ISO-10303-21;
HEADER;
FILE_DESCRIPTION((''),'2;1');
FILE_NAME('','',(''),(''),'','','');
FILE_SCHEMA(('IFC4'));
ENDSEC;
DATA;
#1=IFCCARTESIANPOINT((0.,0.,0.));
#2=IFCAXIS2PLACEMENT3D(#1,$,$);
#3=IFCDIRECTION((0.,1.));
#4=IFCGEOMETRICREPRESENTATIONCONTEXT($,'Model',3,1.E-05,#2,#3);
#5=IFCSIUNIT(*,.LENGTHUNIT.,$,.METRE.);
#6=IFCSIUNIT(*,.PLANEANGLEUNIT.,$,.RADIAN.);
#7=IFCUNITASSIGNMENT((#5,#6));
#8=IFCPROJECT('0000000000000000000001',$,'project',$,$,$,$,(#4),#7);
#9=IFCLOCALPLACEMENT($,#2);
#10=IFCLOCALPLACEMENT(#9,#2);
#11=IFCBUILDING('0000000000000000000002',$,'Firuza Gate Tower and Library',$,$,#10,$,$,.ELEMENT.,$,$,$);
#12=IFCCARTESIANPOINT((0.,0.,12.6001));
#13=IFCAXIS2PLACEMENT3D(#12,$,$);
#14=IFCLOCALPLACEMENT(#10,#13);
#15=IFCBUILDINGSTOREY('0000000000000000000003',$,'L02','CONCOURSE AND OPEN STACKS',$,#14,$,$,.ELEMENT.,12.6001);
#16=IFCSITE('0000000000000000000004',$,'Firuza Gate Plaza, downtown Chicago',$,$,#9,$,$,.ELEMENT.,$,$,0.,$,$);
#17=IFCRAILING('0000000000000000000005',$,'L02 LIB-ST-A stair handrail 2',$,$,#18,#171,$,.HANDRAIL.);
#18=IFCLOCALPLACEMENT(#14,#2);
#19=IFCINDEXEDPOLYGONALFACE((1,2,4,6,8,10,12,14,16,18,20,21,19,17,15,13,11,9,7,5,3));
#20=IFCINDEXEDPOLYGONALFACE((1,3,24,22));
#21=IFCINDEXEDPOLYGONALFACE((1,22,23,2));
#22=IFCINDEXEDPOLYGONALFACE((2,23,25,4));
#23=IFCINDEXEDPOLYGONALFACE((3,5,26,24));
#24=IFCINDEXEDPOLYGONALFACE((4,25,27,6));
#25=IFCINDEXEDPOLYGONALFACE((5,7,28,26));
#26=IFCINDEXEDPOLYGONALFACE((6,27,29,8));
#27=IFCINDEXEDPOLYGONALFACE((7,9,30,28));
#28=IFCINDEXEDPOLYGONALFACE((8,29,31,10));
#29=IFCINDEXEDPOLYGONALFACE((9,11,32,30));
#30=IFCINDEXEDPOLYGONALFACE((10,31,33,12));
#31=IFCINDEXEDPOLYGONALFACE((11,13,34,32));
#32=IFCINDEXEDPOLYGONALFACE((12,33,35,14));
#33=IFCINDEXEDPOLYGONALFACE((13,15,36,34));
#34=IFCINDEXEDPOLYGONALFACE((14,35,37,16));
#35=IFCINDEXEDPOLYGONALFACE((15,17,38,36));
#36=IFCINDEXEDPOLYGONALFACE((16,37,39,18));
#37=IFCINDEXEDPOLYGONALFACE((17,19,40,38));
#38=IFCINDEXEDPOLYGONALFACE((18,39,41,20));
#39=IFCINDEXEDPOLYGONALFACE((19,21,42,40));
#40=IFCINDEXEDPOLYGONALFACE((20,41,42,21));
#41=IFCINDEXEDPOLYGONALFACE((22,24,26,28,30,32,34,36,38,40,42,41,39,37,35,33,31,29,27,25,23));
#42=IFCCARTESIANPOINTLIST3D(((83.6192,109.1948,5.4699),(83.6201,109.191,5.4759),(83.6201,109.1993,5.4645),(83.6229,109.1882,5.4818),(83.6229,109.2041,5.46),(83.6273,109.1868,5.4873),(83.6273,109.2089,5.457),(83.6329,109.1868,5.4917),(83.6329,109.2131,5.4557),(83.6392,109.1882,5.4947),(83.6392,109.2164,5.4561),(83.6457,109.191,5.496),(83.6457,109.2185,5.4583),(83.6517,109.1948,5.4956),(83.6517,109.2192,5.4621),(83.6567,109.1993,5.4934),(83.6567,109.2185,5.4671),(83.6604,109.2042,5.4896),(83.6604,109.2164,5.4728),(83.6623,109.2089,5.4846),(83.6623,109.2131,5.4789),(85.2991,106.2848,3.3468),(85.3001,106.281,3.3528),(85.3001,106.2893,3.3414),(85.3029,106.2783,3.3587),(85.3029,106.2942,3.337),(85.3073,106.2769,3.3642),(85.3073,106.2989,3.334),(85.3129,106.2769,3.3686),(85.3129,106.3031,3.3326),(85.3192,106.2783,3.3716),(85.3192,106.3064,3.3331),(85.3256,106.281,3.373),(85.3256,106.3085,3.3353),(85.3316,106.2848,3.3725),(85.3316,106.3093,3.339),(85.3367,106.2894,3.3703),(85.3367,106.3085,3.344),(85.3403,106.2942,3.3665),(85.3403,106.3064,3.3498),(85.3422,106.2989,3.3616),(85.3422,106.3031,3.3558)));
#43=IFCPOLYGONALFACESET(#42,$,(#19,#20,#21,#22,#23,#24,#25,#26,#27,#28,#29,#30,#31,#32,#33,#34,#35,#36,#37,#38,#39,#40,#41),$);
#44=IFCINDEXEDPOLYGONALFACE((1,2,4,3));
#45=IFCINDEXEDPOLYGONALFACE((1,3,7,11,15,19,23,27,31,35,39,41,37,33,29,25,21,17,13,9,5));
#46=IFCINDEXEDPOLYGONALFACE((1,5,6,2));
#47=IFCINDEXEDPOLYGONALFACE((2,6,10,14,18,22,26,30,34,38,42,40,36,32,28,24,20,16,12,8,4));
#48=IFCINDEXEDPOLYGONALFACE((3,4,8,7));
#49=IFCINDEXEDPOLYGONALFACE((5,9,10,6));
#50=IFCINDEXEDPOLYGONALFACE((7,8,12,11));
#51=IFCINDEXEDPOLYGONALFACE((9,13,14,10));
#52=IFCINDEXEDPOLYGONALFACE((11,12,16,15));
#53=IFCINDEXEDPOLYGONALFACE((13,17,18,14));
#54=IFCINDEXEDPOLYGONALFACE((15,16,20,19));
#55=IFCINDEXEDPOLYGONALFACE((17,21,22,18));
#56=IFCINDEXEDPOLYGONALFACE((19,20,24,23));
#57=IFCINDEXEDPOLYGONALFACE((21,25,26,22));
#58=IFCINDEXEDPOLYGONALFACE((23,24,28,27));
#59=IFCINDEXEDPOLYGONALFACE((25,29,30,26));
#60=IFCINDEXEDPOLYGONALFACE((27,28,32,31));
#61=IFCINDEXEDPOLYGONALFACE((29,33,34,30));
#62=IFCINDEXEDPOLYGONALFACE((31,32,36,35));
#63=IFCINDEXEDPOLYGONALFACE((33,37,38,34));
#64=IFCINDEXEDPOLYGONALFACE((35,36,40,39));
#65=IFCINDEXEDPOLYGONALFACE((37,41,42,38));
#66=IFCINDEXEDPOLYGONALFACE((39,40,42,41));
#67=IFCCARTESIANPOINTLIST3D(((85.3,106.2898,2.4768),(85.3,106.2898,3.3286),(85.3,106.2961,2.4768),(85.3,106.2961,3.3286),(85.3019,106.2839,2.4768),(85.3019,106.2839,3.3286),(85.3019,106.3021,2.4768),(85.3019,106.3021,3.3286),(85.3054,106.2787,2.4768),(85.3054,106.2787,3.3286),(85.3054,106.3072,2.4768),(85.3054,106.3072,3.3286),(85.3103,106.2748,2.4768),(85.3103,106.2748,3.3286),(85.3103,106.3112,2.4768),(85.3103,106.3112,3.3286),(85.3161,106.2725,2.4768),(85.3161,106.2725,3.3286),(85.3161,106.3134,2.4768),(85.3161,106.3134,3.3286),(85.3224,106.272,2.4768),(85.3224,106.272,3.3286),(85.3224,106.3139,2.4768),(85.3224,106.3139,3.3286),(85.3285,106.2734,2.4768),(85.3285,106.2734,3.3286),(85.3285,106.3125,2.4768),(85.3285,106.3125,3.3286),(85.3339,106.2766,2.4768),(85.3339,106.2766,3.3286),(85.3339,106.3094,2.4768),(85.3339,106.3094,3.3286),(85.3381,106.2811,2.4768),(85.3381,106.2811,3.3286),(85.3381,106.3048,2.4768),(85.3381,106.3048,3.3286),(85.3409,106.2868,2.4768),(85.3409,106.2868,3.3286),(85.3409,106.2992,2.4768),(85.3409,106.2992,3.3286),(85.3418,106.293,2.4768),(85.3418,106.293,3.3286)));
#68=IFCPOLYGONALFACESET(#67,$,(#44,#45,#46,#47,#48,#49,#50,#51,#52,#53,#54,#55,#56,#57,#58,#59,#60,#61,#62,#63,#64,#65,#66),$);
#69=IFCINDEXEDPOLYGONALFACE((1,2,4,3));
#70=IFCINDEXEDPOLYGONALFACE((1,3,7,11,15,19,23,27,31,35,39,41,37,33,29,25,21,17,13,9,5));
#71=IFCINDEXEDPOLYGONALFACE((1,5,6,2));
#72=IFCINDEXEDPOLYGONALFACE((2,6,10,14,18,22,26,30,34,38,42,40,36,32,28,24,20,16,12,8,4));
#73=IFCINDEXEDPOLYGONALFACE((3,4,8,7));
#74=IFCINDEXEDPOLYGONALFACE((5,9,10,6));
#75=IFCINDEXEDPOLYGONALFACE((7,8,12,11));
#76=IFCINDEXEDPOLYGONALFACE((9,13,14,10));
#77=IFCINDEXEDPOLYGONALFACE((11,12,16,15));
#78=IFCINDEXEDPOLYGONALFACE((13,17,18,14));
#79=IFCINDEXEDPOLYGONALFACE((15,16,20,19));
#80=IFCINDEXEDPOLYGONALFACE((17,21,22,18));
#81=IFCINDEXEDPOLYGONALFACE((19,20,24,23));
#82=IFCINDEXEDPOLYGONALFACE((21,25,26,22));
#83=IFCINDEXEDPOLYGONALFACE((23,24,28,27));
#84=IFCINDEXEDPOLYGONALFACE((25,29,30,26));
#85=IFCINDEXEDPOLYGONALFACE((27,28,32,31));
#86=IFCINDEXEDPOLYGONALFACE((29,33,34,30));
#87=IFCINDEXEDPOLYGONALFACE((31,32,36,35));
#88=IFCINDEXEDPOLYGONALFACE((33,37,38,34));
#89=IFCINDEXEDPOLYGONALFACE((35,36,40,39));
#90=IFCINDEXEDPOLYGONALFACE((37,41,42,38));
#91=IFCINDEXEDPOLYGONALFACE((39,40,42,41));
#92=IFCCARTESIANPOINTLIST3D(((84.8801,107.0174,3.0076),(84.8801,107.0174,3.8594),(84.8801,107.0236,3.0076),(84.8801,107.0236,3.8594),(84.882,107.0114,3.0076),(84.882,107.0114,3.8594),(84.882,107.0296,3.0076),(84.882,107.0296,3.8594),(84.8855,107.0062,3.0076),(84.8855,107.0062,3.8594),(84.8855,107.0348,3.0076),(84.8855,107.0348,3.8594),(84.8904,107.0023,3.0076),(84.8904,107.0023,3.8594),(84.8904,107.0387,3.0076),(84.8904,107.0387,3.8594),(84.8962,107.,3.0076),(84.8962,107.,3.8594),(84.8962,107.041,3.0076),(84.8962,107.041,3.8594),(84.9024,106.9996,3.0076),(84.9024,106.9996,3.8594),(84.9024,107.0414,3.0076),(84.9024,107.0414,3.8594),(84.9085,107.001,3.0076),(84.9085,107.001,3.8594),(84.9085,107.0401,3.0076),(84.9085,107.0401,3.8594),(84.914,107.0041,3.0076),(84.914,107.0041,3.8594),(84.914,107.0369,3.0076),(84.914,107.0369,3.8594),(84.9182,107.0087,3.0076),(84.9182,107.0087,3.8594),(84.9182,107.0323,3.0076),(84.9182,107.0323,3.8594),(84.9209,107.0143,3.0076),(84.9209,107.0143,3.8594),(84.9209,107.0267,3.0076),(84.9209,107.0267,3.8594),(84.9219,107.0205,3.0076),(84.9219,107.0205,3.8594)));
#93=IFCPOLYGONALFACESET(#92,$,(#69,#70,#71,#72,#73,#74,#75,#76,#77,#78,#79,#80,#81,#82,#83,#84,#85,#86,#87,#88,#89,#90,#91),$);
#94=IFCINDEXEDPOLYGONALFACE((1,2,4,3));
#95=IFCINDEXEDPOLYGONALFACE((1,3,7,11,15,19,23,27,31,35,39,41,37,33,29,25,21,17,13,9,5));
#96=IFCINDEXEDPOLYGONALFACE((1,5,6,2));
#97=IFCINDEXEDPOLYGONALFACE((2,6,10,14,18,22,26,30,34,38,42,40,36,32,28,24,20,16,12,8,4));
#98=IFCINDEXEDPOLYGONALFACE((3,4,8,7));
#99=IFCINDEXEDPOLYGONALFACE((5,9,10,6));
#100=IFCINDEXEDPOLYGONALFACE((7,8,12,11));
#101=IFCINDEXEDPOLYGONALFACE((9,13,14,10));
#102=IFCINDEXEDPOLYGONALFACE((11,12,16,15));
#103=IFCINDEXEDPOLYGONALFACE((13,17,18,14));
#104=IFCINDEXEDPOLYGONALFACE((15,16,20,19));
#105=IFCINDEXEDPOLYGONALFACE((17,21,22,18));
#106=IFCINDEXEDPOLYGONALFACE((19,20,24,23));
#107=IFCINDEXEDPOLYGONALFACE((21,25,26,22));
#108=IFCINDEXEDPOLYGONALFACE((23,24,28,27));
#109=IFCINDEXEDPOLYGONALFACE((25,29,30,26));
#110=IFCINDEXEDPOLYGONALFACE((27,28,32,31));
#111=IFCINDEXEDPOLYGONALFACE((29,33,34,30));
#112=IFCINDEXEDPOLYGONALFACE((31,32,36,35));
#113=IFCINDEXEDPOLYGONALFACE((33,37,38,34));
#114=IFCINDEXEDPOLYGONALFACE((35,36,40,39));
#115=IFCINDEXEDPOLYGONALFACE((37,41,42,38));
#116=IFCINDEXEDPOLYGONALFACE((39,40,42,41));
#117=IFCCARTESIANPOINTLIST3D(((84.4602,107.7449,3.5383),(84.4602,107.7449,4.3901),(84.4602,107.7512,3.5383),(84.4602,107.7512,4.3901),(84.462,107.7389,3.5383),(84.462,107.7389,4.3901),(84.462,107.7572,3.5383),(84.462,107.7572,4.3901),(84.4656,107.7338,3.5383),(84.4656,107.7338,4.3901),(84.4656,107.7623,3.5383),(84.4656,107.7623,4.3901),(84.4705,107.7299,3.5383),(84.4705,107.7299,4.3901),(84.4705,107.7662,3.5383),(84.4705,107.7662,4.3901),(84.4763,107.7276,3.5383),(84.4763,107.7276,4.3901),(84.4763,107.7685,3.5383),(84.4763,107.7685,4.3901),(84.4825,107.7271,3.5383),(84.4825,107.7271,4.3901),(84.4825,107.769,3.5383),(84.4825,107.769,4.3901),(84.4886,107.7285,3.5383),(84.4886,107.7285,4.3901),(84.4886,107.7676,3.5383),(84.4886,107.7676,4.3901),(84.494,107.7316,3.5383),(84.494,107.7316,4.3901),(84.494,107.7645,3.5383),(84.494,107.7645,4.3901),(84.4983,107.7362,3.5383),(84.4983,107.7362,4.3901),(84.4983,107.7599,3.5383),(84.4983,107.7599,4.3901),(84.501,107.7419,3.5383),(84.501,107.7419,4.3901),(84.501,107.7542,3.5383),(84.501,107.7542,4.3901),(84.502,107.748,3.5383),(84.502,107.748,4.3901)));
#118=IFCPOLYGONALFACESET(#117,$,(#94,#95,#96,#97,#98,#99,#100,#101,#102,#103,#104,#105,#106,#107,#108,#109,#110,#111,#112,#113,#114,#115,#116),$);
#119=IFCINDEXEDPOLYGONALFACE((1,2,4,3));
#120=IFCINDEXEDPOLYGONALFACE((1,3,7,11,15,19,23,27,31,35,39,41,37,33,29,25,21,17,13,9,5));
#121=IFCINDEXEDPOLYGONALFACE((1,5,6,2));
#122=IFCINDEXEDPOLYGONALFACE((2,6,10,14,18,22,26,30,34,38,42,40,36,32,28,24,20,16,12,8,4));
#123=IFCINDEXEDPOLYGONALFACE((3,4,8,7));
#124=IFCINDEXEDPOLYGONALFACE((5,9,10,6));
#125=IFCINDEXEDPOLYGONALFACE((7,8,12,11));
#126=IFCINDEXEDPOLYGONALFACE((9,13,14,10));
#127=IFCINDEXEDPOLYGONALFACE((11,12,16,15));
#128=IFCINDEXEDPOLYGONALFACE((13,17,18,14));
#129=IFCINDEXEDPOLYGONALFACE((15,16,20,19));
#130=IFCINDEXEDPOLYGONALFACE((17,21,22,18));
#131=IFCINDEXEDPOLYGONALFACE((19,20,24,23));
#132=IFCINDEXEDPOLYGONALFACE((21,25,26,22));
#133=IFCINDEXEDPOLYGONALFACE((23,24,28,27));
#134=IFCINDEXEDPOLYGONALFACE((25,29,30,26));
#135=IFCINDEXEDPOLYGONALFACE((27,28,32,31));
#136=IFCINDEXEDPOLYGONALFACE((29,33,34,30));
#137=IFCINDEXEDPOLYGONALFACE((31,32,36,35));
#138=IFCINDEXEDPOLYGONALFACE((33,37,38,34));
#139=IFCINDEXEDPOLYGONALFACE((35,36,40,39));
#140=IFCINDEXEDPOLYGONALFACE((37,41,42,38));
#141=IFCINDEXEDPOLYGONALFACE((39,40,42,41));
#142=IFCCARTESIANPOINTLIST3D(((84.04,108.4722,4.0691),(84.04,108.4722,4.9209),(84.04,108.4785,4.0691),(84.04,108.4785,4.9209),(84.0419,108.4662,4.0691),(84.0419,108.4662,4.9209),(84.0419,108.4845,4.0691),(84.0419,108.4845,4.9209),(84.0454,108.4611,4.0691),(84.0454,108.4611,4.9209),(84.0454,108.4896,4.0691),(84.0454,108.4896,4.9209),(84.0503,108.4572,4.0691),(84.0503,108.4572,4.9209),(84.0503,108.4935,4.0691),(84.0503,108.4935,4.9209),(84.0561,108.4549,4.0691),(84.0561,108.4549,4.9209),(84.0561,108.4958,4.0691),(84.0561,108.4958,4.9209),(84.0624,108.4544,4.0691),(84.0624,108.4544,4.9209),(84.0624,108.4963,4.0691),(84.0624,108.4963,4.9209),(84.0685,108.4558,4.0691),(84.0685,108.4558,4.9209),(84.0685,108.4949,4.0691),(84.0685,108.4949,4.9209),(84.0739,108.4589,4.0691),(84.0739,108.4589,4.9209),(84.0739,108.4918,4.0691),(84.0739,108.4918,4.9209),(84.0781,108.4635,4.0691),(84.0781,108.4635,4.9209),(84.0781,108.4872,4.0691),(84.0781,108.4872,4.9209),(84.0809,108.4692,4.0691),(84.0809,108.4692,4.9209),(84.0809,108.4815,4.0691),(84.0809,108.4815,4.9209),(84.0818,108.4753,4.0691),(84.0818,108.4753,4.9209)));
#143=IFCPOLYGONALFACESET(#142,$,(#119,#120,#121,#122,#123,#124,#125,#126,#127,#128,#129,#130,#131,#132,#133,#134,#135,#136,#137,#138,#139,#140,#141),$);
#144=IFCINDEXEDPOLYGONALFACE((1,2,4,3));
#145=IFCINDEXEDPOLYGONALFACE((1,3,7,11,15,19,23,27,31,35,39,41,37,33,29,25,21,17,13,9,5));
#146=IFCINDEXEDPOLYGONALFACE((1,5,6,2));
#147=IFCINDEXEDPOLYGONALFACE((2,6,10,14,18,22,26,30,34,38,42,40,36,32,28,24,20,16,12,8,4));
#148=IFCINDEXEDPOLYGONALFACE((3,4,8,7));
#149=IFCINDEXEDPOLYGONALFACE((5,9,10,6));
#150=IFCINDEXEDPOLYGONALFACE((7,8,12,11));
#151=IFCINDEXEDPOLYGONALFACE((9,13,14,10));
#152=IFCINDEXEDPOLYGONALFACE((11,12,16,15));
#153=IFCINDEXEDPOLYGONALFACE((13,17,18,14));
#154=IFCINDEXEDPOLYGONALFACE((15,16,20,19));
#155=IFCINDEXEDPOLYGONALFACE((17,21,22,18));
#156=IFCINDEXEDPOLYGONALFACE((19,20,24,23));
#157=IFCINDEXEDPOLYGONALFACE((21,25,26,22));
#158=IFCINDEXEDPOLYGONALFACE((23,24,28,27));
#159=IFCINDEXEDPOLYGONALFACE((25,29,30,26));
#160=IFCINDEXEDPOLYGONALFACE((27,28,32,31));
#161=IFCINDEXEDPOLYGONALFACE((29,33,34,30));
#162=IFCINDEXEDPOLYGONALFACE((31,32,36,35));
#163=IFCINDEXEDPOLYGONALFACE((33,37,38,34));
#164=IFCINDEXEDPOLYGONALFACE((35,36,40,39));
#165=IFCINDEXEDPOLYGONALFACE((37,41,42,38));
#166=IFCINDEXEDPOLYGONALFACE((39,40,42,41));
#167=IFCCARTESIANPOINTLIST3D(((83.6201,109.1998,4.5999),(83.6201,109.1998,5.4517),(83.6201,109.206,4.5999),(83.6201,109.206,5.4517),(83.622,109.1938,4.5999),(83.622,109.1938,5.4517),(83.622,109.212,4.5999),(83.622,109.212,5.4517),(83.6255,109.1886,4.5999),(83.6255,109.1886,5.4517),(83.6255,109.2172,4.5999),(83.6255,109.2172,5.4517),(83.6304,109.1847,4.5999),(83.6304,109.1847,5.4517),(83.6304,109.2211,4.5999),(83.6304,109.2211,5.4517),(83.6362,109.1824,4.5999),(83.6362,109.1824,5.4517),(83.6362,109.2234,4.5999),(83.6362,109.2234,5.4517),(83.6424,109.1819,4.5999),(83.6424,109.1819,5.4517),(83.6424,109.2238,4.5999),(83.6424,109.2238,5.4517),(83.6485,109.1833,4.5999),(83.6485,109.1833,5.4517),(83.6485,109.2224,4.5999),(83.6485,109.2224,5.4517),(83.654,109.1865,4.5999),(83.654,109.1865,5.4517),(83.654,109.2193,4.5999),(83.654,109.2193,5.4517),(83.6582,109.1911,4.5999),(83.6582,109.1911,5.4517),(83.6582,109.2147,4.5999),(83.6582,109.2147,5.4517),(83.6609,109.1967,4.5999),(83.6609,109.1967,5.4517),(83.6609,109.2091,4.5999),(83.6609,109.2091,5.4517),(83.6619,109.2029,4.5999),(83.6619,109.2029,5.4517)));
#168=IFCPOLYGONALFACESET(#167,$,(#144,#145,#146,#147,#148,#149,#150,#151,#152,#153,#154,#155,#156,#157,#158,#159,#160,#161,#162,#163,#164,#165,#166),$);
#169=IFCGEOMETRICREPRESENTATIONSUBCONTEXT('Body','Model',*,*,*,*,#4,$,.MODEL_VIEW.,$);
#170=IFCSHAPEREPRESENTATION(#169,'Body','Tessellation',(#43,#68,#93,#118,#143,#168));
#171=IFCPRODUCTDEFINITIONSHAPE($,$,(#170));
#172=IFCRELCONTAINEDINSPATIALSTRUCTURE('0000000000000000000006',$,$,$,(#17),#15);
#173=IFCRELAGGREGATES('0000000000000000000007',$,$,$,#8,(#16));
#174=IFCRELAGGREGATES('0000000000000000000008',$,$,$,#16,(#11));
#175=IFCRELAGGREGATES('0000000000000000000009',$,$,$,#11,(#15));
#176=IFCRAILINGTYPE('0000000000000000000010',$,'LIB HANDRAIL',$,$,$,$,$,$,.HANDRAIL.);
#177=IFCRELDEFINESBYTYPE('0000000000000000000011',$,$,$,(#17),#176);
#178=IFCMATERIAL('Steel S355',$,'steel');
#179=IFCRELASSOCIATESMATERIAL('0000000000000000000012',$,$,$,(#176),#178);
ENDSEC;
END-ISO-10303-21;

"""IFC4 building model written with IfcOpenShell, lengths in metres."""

from ifc_helpers import new_model, si_unit, direction, frame, origin, origin_2d, place, context, subcontext, project, spatial, circle, extrude, material, type_object, element, save


model = new_model("IFC4")

# Units and contexts
model_context = context("Model", 3, precision=1e-05, world=origin(), true_north=direction((0.0, 1.0)))
body_context = subcontext(model_context, "Body", "Model", "MODEL_VIEW")
ifc_project = project(units=[si_unit("LENGTHUNIT", "METRE"), si_unit("PLANEANGLEUNIT", "RADIAN")], contexts=[model_context])

# Site, building, storey
site_placement = place(None, origin())
site = spatial("IfcSite", under=ifc_project, at=site_placement, Name="Firuza Gate Plaza, downtown Chicago", CompositionType="ELEMENT", RefElevation=0.0)
building_placement = place(site_placement, origin())
building = spatial("IfcBuilding", under=site, at=building_placement, Name="Firuza Gate Tower and Library", CompositionType="ELEMENT")
storey_placement = place(building_placement, frame((0.0, 0.0, 12.6001)))
storey = spatial("IfcBuildingStorey", under=building, at=storey_placement, Name="L02", Description="CONCOURSE AND OPEN STACKS", CompositionType="ELEMENT", Elevation=12.6001)

# Railing
ifc_material_1 = material(Name="Steel S355", Category="steel")
railing_type_1 = type_object("IfcRailingType", Name="LIB HANDRAIL", PredefinedType="HANDRAIL", material=ifc_material_1)
railing_1_placement = place(storey_placement, frame((85.3208, 106.293, 2.4768)))
element("IfcRailing", 1, at=railing_1_placement, inside=storey, type_object=railing_type_1, Name="L02 LIB-ST-A stair handrail 2", PredefinedType="HANDRAIL", context=body_context, shape_type="SweptSolid", body=[
    extrude(circle(Radius=0.0239, at=origin_2d()), frame((0.0, 0.0, 0.876), z_axis=(-0.422672, 0.732135, 0.53416), x_axis=(-0.866039, -0.499976, 0.0)), (0.0, 0.0, 1.0), 3.9746),
    extrude(circle(Radius=0.021, at=origin_2d()), origin(), (0.0, 0.0, 1.0), 0.8518),
    extrude(circle(Radius=0.021, at=origin_2d()), frame((-0.4199, 0.7275, 0.5308)), (0.0, 0.0, 1.0), 0.8518),
    extrude(circle(Radius=0.021, at=origin_2d()), frame((-0.8398, 1.4551, 1.0615)), (0.0, 0.0, 1.0), 0.8518),
    extrude(circle(Radius=0.021, at=origin_2d()), frame((-1.26, 2.1824, 1.5923)), (0.0, 0.0, 1.0), 0.8518),
    extrude(circle(Radius=0.021, at=origin_2d()), frame((-1.6799, 2.9099, 2.123)), (0.0, 0.0, 1.0), 0.8518),
])

save(model, "model.ifc")
